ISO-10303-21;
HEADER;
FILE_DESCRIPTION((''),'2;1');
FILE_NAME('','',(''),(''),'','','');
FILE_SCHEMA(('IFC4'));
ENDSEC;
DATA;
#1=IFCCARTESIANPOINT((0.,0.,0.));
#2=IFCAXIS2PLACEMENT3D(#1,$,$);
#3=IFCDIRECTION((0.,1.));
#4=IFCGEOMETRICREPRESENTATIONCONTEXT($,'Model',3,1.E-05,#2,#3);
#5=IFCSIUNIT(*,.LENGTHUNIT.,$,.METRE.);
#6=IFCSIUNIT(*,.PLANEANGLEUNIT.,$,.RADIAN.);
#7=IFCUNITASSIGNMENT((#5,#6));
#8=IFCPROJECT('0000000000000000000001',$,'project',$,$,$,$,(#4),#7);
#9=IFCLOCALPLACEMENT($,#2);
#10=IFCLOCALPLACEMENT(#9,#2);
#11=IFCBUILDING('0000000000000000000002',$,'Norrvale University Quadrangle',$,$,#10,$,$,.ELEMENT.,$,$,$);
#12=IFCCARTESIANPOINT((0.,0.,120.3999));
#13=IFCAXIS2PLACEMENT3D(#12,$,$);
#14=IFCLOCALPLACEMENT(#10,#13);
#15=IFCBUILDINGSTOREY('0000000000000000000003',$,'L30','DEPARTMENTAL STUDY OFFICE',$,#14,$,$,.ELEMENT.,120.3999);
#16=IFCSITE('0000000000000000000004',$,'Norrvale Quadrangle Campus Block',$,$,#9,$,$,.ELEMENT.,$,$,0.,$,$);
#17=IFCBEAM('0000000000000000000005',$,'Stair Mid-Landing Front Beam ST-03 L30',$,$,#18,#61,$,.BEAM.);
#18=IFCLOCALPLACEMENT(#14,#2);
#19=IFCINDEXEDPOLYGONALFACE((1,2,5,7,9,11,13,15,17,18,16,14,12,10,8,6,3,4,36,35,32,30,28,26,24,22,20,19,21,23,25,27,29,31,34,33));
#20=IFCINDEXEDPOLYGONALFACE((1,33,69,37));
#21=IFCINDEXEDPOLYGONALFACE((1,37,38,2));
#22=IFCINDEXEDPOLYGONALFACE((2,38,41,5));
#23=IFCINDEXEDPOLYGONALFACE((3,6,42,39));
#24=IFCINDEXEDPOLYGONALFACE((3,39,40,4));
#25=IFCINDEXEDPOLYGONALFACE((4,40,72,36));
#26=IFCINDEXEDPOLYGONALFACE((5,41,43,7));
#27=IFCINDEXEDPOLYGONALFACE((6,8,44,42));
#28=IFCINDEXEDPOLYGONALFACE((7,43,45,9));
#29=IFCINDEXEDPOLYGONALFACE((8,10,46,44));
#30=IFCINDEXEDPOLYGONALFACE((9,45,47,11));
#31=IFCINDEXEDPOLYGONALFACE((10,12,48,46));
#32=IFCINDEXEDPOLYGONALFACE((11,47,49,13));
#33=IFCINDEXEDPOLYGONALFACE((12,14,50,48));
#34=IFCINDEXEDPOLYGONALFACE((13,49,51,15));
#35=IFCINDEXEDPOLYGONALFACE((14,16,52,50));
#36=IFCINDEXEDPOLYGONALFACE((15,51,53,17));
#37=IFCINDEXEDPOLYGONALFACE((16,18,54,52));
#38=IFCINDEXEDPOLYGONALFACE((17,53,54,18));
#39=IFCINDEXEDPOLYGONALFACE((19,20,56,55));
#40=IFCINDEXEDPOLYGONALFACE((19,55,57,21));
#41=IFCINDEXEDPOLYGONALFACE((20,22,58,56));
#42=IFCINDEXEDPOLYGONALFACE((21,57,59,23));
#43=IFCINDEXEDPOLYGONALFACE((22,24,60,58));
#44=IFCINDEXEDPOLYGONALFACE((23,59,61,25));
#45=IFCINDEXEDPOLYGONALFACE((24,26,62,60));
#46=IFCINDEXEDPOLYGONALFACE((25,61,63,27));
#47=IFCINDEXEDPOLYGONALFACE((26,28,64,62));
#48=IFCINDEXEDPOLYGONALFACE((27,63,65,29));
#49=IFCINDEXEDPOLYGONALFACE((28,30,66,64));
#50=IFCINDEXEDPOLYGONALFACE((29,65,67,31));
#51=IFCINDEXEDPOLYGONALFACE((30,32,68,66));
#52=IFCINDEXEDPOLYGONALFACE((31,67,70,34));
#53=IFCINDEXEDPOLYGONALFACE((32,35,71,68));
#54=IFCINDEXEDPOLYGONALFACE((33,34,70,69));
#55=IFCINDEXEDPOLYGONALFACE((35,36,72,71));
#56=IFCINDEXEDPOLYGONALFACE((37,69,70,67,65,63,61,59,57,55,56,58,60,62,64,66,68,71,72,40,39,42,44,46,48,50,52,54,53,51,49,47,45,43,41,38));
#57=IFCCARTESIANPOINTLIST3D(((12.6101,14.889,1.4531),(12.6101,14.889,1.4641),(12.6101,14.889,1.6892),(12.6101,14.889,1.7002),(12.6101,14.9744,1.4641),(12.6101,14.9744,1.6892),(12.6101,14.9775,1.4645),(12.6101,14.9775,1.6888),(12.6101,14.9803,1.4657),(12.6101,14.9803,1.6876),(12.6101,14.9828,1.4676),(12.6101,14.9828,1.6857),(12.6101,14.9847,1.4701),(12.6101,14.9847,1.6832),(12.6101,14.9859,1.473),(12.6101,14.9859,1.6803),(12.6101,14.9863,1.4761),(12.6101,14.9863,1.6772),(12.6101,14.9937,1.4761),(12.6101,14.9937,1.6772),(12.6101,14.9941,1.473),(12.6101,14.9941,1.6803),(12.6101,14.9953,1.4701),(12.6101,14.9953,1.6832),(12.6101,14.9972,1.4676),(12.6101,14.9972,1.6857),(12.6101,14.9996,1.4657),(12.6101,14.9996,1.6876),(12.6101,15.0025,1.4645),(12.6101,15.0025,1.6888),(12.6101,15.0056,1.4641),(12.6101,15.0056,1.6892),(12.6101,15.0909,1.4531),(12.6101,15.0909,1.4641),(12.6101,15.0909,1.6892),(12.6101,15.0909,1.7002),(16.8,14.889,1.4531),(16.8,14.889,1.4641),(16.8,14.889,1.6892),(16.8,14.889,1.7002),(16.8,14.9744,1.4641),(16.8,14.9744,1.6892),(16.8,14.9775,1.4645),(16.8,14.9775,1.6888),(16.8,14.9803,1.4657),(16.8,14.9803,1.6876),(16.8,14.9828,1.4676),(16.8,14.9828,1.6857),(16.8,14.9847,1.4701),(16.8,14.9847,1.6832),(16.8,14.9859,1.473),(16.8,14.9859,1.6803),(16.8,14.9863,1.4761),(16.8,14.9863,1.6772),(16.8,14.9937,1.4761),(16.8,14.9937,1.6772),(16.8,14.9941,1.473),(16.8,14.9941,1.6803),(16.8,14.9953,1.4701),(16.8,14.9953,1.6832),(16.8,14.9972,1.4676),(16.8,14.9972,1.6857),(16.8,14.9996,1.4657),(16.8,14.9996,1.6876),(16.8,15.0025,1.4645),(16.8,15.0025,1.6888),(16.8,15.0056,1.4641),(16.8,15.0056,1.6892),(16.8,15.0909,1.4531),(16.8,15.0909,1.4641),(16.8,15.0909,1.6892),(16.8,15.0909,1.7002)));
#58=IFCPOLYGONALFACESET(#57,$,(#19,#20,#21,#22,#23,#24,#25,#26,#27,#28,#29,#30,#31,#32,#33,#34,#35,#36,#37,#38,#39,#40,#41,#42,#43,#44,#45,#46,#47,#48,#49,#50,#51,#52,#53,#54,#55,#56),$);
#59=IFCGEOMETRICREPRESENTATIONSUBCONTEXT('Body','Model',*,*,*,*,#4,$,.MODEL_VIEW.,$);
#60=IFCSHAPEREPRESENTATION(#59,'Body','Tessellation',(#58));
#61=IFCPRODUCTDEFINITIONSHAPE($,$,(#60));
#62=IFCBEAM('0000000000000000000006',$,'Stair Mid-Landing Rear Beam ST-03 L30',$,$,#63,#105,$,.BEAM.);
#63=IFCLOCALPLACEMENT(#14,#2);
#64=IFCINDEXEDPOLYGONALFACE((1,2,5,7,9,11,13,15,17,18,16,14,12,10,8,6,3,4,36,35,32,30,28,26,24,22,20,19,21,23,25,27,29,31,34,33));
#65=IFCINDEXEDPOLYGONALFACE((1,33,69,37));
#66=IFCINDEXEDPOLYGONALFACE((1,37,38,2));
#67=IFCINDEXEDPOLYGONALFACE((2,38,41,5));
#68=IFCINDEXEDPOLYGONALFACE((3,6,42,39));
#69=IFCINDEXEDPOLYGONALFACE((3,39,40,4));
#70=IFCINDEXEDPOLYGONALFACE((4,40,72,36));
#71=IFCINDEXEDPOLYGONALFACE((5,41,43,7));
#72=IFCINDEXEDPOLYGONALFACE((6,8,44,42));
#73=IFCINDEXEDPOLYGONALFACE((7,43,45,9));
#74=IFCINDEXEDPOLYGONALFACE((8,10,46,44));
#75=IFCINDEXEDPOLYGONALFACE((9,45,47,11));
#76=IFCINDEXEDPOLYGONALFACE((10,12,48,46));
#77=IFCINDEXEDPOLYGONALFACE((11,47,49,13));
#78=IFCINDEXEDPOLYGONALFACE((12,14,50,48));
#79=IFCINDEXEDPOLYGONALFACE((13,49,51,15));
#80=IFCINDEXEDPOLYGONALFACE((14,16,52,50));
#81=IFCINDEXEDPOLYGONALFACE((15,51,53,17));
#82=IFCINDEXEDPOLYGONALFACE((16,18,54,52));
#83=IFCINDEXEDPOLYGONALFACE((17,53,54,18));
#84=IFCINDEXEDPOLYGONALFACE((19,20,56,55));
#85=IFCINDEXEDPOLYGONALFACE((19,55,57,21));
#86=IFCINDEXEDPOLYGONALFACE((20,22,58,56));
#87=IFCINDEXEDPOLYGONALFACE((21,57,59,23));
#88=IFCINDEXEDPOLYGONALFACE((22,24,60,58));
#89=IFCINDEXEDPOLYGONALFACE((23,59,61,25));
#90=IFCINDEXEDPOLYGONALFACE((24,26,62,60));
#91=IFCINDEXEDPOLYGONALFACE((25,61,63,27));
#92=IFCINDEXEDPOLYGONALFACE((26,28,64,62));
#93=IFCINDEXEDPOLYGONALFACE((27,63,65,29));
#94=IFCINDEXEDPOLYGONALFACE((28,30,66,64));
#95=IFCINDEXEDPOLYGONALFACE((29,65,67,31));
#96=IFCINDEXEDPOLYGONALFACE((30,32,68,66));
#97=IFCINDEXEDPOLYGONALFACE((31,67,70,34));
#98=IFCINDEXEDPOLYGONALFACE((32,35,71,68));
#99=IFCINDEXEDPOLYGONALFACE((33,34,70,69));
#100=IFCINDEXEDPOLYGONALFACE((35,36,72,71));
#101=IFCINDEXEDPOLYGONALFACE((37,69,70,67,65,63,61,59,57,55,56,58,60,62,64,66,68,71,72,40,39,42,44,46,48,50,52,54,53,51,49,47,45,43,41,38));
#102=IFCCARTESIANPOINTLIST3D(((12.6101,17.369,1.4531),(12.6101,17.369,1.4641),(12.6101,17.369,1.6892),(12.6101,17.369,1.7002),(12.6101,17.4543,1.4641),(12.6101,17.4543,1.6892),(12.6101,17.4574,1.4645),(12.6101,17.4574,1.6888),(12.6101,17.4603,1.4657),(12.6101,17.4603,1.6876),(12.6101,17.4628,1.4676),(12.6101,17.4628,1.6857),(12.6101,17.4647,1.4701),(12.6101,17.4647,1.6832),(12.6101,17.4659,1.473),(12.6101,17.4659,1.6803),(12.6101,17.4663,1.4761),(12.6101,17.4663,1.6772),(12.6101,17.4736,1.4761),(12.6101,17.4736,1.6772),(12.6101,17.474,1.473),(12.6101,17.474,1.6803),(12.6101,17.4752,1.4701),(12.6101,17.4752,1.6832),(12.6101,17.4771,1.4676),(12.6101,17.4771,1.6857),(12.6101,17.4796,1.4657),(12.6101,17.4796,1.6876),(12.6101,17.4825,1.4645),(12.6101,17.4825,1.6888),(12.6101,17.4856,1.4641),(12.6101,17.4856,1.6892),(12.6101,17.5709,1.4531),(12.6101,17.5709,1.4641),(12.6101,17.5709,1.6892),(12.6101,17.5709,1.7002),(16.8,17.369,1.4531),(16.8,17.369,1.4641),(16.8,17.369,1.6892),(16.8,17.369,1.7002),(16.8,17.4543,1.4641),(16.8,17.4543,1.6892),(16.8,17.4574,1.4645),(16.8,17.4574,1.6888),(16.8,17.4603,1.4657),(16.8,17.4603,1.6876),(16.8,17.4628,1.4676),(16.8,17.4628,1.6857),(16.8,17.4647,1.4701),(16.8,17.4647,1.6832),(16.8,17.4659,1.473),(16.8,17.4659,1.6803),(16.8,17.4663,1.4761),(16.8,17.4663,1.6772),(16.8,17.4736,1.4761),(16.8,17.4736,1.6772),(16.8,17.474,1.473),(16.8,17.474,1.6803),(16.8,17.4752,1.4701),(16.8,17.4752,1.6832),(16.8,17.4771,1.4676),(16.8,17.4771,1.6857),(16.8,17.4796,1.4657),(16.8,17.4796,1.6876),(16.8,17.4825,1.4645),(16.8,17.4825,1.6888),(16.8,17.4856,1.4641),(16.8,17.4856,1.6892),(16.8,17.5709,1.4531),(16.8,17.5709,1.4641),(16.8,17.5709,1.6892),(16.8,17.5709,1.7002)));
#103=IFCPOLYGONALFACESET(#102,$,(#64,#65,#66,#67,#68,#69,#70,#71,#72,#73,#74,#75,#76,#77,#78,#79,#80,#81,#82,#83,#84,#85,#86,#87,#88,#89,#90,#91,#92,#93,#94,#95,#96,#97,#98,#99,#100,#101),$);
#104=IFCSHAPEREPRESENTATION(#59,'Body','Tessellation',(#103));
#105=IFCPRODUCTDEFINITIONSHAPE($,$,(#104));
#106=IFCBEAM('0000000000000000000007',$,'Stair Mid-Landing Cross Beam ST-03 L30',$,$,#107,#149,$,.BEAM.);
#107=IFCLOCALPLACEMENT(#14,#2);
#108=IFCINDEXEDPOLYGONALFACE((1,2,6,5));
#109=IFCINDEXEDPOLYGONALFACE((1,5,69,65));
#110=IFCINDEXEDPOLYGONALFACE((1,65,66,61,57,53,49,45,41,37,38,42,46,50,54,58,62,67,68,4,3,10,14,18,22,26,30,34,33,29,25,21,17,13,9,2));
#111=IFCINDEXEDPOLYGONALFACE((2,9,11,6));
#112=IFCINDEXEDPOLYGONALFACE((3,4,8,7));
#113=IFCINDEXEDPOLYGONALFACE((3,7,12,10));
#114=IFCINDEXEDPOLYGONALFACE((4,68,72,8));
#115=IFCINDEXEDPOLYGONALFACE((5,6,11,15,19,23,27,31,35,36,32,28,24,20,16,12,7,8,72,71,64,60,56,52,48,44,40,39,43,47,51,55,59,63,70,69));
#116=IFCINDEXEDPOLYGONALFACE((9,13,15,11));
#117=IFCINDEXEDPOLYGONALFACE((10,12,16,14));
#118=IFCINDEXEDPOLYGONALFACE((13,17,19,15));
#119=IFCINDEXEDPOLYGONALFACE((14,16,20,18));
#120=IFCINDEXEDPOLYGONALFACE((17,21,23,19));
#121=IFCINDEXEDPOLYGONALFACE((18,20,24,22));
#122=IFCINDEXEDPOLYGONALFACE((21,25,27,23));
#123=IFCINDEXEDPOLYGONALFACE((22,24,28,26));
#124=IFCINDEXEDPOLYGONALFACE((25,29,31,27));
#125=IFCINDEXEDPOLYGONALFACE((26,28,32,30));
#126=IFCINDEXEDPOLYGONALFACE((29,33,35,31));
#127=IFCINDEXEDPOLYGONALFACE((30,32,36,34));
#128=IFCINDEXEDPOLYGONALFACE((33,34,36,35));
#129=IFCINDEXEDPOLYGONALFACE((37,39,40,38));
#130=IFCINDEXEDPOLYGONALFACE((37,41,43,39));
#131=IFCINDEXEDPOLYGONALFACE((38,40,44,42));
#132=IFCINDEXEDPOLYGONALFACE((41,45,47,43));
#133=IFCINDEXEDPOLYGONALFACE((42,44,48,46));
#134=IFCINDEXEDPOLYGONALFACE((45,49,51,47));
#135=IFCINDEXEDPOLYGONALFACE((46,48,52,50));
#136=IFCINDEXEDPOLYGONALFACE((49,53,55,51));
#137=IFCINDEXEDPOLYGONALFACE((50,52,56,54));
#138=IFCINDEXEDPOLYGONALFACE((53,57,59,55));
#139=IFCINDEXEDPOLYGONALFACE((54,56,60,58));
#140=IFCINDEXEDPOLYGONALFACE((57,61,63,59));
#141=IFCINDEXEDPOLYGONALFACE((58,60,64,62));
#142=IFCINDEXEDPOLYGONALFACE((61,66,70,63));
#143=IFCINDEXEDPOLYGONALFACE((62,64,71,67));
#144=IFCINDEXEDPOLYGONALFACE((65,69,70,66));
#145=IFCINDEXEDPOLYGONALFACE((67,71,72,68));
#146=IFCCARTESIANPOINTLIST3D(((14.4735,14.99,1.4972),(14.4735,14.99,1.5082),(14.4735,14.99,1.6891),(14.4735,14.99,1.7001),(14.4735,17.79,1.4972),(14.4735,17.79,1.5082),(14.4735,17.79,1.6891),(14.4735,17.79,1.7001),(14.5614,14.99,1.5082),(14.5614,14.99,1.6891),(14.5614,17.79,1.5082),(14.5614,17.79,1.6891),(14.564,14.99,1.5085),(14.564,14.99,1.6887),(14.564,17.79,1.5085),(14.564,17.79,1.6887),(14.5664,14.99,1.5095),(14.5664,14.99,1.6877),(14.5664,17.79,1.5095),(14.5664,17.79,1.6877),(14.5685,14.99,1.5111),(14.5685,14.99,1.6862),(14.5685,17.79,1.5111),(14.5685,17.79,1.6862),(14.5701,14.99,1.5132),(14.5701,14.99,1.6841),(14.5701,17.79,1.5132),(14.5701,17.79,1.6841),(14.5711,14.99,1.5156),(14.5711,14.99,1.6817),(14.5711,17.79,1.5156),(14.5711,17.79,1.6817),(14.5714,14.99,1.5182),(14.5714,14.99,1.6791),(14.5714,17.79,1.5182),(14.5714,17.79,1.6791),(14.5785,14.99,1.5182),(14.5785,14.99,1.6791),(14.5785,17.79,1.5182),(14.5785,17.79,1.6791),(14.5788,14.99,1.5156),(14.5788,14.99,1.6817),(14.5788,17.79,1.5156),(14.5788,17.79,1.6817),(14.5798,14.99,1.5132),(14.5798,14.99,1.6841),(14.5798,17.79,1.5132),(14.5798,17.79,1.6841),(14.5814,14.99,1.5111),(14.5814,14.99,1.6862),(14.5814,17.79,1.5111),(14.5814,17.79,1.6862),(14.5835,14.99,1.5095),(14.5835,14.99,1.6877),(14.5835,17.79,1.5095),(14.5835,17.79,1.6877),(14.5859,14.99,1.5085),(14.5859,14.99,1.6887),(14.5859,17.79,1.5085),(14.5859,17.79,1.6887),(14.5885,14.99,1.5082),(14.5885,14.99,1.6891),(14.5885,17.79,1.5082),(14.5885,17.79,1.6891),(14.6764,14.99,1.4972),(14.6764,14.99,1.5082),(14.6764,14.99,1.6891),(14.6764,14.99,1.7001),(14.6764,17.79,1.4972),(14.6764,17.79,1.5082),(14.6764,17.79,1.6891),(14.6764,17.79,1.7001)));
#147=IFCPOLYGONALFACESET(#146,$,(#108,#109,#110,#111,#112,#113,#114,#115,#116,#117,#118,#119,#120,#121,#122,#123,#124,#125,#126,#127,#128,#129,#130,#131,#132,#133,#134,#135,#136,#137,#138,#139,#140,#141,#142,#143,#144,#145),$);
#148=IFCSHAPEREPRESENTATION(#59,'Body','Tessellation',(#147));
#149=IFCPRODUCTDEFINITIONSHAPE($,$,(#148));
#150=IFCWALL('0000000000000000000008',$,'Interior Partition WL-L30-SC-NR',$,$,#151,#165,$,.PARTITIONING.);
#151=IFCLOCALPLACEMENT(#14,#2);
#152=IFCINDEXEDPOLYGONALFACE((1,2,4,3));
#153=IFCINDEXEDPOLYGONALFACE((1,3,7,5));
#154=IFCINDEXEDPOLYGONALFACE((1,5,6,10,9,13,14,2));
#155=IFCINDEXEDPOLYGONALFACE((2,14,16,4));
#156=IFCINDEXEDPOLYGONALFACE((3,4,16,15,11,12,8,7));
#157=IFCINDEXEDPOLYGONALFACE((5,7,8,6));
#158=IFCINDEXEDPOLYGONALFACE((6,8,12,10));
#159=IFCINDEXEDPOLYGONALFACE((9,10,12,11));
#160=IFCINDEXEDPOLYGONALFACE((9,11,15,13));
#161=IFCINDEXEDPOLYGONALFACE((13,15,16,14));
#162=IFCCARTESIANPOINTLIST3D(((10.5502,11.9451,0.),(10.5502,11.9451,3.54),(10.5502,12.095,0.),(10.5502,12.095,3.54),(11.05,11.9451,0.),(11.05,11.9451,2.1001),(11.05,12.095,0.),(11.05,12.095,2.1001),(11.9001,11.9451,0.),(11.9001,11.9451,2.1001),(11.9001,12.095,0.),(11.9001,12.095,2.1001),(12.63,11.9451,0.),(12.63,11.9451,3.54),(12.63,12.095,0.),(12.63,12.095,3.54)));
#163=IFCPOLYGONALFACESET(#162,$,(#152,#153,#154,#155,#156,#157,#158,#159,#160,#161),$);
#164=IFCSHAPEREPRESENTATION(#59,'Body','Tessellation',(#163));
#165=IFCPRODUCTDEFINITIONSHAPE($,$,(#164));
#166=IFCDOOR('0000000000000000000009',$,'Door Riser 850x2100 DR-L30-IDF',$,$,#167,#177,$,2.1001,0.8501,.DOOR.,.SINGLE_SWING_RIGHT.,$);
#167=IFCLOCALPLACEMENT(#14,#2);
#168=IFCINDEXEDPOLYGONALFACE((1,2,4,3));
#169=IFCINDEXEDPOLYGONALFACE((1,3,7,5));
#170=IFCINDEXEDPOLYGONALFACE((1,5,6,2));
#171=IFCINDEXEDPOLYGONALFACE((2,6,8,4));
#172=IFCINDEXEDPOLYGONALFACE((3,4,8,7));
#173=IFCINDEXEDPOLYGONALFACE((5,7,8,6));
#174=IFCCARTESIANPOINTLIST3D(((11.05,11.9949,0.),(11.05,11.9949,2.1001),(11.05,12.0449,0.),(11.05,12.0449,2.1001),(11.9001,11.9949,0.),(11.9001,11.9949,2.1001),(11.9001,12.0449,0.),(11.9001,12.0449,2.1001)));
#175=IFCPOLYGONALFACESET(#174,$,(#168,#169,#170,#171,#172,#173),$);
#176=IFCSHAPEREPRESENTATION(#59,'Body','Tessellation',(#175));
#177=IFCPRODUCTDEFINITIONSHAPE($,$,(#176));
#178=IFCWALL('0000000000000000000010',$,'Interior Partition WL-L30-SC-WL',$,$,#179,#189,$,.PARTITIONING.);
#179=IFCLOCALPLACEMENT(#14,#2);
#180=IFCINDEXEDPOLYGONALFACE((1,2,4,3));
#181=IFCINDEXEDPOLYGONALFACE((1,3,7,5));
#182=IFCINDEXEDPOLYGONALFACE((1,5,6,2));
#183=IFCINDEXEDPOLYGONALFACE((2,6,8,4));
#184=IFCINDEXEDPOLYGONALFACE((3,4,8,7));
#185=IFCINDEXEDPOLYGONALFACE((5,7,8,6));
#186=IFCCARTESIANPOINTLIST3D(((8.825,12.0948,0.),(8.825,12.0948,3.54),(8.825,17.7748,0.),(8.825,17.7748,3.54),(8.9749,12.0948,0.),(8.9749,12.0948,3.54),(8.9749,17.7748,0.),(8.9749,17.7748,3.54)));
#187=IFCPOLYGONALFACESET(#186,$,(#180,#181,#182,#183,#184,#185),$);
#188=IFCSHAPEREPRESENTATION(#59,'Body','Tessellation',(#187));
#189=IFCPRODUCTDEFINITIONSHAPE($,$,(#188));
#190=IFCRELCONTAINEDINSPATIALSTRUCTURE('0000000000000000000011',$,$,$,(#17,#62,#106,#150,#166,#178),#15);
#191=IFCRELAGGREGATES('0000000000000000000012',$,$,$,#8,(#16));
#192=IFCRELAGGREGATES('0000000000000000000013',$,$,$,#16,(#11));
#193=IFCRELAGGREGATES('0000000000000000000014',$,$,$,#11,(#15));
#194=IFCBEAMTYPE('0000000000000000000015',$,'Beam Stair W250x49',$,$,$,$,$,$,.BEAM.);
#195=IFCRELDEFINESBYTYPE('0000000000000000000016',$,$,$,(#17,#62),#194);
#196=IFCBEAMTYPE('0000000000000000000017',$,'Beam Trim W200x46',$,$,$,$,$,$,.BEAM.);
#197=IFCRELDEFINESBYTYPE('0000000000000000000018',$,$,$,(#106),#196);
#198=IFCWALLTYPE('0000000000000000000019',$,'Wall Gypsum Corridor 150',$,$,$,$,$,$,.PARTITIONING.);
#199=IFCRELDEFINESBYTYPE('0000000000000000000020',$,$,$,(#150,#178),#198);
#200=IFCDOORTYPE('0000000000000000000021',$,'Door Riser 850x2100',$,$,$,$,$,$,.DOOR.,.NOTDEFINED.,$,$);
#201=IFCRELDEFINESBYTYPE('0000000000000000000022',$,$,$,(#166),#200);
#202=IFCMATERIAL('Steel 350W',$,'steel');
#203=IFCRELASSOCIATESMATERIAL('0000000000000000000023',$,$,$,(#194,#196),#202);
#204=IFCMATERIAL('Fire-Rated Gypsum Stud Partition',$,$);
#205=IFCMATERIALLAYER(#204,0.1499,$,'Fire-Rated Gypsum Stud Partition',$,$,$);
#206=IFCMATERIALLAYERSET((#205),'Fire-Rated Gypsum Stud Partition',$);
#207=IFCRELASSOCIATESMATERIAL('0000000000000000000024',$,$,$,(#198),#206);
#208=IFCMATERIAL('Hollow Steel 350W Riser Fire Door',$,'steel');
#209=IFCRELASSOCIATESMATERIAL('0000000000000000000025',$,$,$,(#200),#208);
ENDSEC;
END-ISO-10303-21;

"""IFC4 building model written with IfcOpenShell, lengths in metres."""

from ifc_helpers import new_model, si_unit, direction, frame, frame_2d, origin, origin_2d, place, context, subcontext, project, spatial, rectangle, i_section, extrude, material, layer, layer_set, material_profile, profile_set, type_object, element, fill, save


model = new_model("IFC4")

# Units and contexts
model_context = context("Model", 3, precision=1e-05, world=origin(), true_north=direction((0.0, 1.0)))
body_context = subcontext(model_context, "Body", "Model", "MODEL_VIEW")
ifc_project = project(units=[si_unit("LENGTHUNIT", "METRE"), si_unit("PLANEANGLEUNIT", "RADIAN")], contexts=[model_context])

# Site, building, storey
site_placement = place(None, origin())
site = spatial("IfcSite", under=ifc_project, at=site_placement, Name="Norrvale Quadrangle Campus Block", CompositionType="ELEMENT", RefElevation=0.0)
building_placement = place(site_placement, origin())
building = spatial("IfcBuilding", under=site, at=building_placement, Name="Norrvale University Quadrangle", CompositionType="ELEMENT")
storey_placement = place(building_placement, frame((0.0, 0.0, 120.3999)))
storey = spatial("IfcBuildingStorey", under=building, at=storey_placement, Name="L30", Description="DEPARTMENTAL STUDY OFFICE", CompositionType="ELEMENT", Elevation=120.3999)

# Beams
ifc_material_1 = material(Name="Steel 350W", Category="steel")
ifc_material_profile_1 = material_profile(ifc_material_1, i_section(OverallWidth=0.2019, OverallDepth=0.2471, WebThickness=0.0073, FlangeThickness=0.011, FilletRadius=0.012, at=origin_2d()), Name="Steel 350W")
ifc_profile_set_1 = profile_set([ifc_material_profile_1], Name="Steel 350W")
beam_type_1 = type_object("IfcBeamType", Name="Beam Stair W250x49", PredefinedType="BEAM", material=ifc_profile_set_1)
for number, where, z_axis, x_axis, name in (
    (1, (12.6101, 14.99, 1.5767), (1.0, 0.0, 0.0), (0.0, 1.0, 0.0), "Stair Mid-Landing Front Beam ST-03 L30"),
    (2, (12.6101, 17.47, 1.5767), (1.0, 0.0, 0.0), (0.0, 1.0, 0.0), "Stair Mid-Landing Rear Beam ST-03 L30"),
):
    element("IfcBeam", number, at=place(storey_placement, frame(where, z_axis=z_axis, x_axis=x_axis)), inside=storey, type_object=beam_type_1, Name=name, PredefinedType="BEAM", context=body_context, shape_type="SweptSolid", body=[
        extrude(i_section(OverallWidth=0.2019, OverallDepth=0.2471, WebThickness=0.0073, FlangeThickness=0.011, FilletRadius=0.012, at=origin_2d()), origin(), (0.0, 0.0, 1.0), 4.1899),
    ])
ifc_material_profile_2 = material_profile(ifc_material_1, i_section(OverallWidth=0.2029, OverallDepth=0.2029, WebThickness=0.0071, FlangeThickness=0.011, FilletRadius=0.01, at=origin_2d()), Name="Steel 350W")
ifc_profile_set_2 = profile_set([ifc_material_profile_2], Name="Steel 350W")
beam_type_2 = type_object("IfcBeamType", Name="Beam Trim W200x46", PredefinedType="BEAM", material=ifc_profile_set_2)
beam_placement = place(storey_placement, frame((14.575, 14.99, 1.5986), z_axis=(0.0, 1.0, 0.0), x_axis=(-1.0, 0.0, 0.0)))
element("IfcBeam", 3, at=beam_placement, inside=storey, type_object=beam_type_2, Name="Stair Mid-Landing Cross Beam ST-03 L30", PredefinedType="BEAM", context=body_context, shape_type="SweptSolid", body=[
    extrude(i_section(OverallWidth=0.2029, OverallDepth=0.2029, WebThickness=0.0071, FlangeThickness=0.011, FilletRadius=0.01, at=origin_2d()), origin(), (0.0, 0.0, 1.0), 2.8),
])

# Wall, opening, door
ifc_material_2 = material(Name="Fire-Rated Gypsum Stud Partition")
ifc_layer_1 = layer(ifc_material_2, 0.1499, Name="Fire-Rated Gypsum Stud Partition")
ifc_layer_set_1 = layer_set([ifc_layer_1], Name="Fire-Rated Gypsum Stud Partition")
wall_type_1 = type_object("IfcWallType", Name="Wall Gypsum Corridor 150", PredefinedType="PARTITIONING", material=ifc_layer_set_1)
wall_1_placement = place(storey_placement, frame((10.55, 12.02, 0.0), z_axis=(0.0, 0.0, 1.0), x_axis=(1.0, 0.0, 0.0)))
wall_1 = element("IfcWall", 4, at=wall_1_placement, inside=storey, type_object=wall_type_1, Name="Interior Partition WL-L30-SC-NR", PredefinedType="PARTITIONING", context=body_context, shape_type="SweptSolid", body=[
    extrude(rectangle(XDim=2.0798, YDim=0.1499, at=frame_2d((1.04, 0.0))), origin(), (0.0, 0.0, 1.0), 3.54),
])
opening_1_placement = place(wall_1_placement, frame((0.5, 0.0, 0.0)))
opening_1 = element("IfcOpeningElement", 5, at=opening_1_placement, cuts=wall_1, PredefinedType="OPENING", context=body_context, shape_type="SweptSolid", body=[
    extrude(rectangle(XDim=0.8501, YDim=2.1001, at=frame_2d((0.425, 1.05))), frame((0.0, 0.0869, 0.0), z_axis=(0.0, -1.0, 0.0), x_axis=(1.0, 0.0, 0.0)), (0.0, 0.0, 1.0), 0.1738),
])
ifc_material_3 = material(Name="Hollow Steel 350W Riser Fire Door", Category="steel")
door_type_1 = type_object("IfcDoorType", Name="Door Riser 850x2100", OperationType="NOTDEFINED", PredefinedType="DOOR", material=ifc_material_3)
door_1_placement = place(opening_1_placement, origin())
door_1 = element("IfcDoor", 6, at=door_1_placement, inside=storey, type_object=door_type_1, Name="Door Riser 850x2100 DR-L30-IDF", OperationType="SINGLE_SWING_RIGHT", OverallHeight=2.1001, OverallWidth=0.8501, PredefinedType="DOOR", context=body_context, shape_type="SweptSolid", body=[
    extrude(rectangle(XDim=0.8501, YDim=2.1001, at=frame_2d((0.425, 1.05))), frame((0.0, 0.0249, 0.0), z_axis=(0.0, -1.0, 0.0), x_axis=(1.0, 0.0, 0.0)), (0.0, 0.0, 1.0), 0.05),
])
fill(opening_1, door_1)

# Wall
for number, where, z_axis, x_axis, name in (
    (7, (8.8999, 12.095, 0.0), (0.0, 0.0, 1.0), (0.0, 1.0, 0.0), "Interior Partition WL-L30-SC-WL"),
):
    element("IfcWall", number, at=place(storey_placement, frame(where, z_axis=z_axis, x_axis=x_axis)), inside=storey, type_object=wall_type_1, Name=name, PredefinedType="PARTITIONING", context=body_context, shape_type="SweptSolid", body=[
        extrude(rectangle(XDim=5.6799, YDim=0.1499, at=frame_2d((2.8398, 0.0))), origin(), (0.0, 0.0, 1.0), 3.54),
    ])

save(model, "model.ifc")
